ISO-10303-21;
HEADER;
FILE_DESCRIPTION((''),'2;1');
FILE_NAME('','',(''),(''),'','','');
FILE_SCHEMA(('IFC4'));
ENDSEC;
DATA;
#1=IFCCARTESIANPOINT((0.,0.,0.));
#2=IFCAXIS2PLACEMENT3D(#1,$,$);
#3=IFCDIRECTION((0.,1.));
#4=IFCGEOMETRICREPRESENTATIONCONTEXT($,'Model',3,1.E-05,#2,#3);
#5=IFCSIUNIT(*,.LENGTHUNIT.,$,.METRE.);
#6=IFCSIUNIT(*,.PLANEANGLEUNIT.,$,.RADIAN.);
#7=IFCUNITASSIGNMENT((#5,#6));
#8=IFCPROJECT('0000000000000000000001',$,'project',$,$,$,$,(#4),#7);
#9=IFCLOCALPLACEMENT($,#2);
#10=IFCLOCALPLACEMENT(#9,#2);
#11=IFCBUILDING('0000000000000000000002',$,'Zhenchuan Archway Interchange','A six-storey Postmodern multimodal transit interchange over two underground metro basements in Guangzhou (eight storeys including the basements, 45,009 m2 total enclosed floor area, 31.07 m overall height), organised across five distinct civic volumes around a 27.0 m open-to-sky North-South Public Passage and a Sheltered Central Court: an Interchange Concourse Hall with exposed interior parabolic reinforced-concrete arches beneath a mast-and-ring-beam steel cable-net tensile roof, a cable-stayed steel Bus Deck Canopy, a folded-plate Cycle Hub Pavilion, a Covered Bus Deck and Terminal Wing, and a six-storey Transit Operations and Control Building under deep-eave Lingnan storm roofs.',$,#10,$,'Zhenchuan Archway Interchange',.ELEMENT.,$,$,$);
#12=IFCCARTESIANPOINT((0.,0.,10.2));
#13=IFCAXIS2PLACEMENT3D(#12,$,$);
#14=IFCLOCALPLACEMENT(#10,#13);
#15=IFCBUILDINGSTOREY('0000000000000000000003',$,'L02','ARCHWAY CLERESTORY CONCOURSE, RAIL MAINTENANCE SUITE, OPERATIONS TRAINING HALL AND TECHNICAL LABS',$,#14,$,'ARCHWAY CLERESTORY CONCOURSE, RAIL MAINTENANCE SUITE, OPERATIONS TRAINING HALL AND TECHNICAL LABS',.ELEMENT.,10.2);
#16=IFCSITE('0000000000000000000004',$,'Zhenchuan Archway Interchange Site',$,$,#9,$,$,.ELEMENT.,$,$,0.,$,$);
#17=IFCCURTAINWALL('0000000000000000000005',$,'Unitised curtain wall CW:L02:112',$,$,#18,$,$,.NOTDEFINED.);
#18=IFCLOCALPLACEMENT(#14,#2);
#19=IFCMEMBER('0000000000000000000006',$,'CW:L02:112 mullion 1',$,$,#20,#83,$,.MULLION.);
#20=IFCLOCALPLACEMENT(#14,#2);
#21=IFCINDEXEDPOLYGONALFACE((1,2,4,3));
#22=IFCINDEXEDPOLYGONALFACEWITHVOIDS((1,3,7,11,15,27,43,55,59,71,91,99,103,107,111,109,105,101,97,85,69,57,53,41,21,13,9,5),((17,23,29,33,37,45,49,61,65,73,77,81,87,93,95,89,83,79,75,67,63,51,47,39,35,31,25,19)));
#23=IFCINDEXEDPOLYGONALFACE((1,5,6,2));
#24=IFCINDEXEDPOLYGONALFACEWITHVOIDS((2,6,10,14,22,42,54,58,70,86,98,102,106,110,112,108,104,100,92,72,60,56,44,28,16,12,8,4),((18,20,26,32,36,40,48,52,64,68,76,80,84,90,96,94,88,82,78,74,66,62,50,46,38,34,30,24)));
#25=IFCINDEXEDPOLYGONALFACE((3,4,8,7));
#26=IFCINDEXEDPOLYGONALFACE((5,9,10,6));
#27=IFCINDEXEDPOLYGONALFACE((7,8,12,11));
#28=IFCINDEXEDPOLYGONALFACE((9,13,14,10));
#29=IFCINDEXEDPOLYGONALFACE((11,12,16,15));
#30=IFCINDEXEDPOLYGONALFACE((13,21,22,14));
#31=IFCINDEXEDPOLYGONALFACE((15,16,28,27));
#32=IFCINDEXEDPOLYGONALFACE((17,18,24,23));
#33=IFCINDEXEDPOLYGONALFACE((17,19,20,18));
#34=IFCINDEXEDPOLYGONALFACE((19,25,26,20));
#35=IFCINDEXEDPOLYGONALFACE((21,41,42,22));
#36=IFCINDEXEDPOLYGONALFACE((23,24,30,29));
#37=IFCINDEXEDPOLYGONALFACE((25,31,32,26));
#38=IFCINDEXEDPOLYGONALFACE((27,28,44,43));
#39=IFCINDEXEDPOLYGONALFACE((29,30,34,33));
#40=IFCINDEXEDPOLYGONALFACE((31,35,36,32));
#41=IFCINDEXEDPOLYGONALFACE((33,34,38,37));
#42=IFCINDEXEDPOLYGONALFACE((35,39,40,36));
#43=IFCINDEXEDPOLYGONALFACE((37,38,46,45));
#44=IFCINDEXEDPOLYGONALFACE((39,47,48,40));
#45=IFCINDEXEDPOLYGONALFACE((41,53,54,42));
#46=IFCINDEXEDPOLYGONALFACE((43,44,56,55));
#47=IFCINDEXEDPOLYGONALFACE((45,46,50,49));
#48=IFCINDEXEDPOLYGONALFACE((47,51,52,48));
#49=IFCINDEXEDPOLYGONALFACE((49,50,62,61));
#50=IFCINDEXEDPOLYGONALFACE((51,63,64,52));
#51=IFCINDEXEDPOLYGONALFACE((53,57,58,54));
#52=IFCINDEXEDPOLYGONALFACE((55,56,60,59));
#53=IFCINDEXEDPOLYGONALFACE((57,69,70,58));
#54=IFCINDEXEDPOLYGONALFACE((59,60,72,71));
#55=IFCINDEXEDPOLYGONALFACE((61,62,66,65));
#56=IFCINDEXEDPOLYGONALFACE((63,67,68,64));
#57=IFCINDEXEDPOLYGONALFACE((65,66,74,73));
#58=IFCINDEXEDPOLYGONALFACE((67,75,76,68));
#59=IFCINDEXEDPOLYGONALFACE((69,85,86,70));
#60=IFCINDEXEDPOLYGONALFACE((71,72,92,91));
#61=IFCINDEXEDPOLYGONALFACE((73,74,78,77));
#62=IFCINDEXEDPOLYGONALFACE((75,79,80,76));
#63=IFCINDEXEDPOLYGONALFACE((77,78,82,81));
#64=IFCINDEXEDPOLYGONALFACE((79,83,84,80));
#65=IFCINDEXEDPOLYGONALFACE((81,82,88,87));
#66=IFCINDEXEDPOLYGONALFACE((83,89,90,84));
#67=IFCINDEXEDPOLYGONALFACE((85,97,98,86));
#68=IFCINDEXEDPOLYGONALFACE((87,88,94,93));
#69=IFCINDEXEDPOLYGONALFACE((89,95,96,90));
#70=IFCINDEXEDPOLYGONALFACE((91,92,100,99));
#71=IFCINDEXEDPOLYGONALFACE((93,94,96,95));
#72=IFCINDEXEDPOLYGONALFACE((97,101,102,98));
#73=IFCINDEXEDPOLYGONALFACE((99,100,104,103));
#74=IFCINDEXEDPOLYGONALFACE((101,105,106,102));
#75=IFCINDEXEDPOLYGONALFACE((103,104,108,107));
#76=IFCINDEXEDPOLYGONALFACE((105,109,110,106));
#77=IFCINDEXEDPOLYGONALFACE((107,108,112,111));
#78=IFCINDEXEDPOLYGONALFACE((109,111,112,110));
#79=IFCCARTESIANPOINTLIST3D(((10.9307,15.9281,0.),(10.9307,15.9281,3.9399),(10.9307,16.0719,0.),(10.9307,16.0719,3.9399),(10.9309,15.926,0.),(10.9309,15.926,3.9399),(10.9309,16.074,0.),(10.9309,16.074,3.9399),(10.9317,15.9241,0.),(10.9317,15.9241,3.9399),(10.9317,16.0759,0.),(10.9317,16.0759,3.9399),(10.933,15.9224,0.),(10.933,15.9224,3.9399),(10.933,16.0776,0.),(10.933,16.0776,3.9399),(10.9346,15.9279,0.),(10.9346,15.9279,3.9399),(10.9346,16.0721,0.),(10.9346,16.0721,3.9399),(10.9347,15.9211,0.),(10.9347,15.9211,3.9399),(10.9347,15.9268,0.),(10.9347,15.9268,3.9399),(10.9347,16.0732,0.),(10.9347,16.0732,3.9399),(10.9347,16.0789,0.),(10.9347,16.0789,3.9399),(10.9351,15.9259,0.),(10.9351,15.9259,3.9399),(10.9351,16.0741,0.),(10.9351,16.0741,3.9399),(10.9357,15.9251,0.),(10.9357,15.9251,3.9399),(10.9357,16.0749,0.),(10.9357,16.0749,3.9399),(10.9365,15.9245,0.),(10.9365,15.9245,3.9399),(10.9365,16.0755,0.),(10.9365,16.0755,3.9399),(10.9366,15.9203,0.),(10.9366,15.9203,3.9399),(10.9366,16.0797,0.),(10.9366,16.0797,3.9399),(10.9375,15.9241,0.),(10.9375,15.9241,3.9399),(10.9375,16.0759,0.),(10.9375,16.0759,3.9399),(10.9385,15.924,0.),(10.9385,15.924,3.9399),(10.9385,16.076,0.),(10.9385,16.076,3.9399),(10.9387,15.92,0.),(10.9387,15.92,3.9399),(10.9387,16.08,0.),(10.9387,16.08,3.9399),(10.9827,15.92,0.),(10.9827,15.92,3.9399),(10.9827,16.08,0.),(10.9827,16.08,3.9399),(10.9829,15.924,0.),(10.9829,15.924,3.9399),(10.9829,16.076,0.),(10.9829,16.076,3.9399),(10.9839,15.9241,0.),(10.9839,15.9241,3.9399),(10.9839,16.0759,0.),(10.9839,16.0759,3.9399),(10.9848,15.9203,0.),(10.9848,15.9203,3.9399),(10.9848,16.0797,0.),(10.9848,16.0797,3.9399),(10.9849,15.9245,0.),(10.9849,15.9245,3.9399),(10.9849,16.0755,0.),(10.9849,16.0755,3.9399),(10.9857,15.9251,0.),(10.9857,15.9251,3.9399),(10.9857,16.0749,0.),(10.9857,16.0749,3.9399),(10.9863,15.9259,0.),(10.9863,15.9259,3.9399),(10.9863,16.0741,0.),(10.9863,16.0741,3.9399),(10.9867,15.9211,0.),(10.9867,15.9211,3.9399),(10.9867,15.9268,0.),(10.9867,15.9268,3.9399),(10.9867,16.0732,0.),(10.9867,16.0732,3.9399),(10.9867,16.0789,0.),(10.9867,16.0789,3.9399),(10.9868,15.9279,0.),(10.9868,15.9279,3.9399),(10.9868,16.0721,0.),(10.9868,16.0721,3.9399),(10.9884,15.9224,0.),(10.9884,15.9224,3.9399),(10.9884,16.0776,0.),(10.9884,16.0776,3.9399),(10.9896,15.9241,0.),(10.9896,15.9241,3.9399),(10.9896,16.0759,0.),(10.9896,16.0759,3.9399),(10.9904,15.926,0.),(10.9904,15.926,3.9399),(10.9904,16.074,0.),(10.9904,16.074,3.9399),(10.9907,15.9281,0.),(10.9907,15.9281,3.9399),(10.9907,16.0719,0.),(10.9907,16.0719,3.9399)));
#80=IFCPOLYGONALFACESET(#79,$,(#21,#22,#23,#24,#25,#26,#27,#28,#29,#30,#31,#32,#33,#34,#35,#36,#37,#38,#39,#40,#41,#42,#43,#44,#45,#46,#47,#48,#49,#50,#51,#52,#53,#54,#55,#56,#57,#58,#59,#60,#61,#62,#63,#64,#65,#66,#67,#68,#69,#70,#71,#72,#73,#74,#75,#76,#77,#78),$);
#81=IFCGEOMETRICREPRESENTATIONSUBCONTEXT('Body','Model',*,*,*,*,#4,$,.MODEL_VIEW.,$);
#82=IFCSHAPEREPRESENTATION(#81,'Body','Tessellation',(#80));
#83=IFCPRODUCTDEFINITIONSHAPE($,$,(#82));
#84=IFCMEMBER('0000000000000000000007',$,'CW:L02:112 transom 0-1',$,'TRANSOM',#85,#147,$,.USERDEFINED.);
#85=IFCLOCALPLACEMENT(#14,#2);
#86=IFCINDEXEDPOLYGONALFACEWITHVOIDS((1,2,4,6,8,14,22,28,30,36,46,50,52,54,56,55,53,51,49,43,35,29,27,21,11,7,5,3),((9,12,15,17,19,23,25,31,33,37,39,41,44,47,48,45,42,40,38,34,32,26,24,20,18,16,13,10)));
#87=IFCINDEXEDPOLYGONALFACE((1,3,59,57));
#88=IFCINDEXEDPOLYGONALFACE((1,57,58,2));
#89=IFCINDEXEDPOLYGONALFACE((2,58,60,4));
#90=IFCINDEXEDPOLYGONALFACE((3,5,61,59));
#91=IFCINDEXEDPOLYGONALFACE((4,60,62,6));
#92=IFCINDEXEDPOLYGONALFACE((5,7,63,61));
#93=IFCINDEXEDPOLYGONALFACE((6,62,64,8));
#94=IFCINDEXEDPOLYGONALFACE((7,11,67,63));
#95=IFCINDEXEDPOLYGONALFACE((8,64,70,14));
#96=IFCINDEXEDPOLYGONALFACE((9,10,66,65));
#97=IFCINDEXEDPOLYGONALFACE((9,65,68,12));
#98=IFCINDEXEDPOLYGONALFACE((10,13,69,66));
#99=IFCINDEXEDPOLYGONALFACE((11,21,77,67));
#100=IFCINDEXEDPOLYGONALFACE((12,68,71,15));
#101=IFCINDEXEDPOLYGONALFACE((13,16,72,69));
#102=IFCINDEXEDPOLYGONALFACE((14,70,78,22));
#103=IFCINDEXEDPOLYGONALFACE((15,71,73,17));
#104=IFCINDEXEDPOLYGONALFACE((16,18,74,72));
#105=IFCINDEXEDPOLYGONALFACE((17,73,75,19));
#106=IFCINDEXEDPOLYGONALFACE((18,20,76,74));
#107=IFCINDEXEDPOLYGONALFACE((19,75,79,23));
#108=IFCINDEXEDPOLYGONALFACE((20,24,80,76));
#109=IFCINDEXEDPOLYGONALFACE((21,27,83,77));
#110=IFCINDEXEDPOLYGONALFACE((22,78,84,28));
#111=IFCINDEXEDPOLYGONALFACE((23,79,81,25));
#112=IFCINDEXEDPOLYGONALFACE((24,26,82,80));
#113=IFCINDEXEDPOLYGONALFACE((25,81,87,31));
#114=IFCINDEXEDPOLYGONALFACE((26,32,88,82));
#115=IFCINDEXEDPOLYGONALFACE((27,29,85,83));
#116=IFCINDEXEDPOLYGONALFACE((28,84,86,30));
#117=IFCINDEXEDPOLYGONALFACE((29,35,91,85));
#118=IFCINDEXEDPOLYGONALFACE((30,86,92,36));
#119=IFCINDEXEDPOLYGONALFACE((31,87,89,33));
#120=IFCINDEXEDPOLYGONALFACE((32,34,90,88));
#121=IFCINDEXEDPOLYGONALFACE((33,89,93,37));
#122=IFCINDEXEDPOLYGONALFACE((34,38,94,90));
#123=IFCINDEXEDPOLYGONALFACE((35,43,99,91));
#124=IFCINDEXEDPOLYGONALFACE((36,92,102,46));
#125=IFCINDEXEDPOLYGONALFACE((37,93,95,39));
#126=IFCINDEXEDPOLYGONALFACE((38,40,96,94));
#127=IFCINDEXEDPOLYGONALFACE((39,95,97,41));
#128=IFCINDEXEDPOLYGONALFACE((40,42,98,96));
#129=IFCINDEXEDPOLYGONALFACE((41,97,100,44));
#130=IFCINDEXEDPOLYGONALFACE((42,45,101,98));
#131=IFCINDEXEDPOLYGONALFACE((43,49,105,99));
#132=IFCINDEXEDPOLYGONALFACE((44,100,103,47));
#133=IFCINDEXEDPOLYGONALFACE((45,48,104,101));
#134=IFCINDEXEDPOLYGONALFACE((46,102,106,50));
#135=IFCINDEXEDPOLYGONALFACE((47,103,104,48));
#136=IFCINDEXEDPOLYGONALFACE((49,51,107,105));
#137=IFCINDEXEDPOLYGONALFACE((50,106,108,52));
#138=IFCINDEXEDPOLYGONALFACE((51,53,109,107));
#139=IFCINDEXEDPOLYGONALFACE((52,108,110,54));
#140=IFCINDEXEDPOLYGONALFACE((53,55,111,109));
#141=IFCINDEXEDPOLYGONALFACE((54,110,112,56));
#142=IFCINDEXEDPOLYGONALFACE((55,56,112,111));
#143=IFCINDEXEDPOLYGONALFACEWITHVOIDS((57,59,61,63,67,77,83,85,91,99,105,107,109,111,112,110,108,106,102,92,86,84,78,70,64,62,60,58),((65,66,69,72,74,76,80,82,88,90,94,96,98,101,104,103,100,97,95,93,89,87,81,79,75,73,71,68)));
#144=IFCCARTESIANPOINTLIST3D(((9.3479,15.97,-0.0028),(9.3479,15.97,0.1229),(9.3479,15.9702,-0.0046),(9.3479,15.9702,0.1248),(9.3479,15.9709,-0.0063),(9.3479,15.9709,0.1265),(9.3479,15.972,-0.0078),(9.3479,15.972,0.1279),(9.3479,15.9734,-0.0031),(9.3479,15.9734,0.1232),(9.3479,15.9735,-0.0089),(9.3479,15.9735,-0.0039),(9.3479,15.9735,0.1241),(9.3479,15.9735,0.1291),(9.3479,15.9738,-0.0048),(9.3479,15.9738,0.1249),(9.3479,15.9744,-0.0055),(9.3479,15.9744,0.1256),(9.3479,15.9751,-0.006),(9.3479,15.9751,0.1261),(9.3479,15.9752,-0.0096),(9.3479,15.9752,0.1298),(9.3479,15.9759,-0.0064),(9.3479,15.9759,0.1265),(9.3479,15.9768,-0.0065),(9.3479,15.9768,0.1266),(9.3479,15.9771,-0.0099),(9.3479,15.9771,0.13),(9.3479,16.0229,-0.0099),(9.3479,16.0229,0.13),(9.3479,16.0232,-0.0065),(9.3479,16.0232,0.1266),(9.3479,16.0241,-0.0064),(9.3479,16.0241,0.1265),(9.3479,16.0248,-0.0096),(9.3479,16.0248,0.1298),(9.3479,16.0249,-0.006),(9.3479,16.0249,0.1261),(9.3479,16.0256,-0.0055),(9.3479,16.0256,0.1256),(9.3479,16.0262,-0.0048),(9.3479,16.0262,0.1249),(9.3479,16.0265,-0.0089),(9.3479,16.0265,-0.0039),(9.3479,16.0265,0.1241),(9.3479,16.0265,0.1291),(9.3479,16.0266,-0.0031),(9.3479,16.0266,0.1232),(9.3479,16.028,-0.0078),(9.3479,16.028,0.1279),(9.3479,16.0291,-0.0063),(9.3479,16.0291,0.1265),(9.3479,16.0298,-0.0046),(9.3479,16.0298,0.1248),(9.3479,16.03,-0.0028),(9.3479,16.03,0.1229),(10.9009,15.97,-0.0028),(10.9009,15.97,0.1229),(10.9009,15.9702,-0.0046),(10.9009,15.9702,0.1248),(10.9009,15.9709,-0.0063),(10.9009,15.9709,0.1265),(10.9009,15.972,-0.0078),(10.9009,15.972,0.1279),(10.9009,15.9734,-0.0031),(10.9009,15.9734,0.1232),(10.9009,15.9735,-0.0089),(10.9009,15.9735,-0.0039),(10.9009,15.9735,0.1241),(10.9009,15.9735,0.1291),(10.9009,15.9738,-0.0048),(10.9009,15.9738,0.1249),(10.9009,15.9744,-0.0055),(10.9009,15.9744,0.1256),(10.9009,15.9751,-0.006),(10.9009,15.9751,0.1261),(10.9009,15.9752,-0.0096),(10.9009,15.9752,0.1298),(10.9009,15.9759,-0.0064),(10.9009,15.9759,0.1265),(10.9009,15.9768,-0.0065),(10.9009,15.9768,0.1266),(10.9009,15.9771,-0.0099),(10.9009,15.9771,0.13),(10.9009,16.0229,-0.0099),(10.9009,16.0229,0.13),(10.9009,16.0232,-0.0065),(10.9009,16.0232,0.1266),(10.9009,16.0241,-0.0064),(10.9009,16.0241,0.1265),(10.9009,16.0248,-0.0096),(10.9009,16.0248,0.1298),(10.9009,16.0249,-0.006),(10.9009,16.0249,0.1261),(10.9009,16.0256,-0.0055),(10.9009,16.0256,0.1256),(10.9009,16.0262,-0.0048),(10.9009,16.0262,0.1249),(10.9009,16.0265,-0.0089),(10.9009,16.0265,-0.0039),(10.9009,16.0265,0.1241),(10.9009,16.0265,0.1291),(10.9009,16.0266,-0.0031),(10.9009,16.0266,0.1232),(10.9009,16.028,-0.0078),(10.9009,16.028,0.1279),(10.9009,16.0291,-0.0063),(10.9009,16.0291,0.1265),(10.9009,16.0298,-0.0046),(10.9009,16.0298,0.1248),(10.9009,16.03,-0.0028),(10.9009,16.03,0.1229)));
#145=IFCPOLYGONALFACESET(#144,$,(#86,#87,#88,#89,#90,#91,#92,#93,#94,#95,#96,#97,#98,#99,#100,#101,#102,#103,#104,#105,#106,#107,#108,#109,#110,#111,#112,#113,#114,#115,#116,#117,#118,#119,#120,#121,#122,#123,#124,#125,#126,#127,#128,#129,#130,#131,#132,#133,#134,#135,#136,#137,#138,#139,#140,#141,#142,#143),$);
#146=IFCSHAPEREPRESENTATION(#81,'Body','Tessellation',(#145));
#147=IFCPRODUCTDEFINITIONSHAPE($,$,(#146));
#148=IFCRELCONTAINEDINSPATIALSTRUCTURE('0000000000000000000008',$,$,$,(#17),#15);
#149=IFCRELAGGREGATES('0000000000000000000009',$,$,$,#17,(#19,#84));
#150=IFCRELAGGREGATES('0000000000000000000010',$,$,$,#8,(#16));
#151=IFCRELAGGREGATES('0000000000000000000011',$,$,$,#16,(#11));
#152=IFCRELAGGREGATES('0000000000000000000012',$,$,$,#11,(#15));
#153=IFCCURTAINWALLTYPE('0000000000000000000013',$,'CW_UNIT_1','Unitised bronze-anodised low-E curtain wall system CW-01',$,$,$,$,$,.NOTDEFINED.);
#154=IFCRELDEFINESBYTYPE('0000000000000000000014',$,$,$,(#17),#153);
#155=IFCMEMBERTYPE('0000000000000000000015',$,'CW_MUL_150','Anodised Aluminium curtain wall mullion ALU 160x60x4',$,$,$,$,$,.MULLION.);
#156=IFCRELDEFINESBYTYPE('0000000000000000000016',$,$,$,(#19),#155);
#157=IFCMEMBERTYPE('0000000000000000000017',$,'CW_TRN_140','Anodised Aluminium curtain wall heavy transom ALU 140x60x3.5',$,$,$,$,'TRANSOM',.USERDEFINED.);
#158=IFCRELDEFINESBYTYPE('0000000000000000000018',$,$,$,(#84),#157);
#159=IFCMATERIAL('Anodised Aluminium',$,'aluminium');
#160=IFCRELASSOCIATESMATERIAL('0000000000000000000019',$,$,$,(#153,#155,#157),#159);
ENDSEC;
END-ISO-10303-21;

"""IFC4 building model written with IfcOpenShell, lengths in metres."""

from ifc_helpers import new_model, si_unit, direction, frame, origin, origin_2d, place, context, subcontext, project, spatial, hollow_rectangle, extrude, material, material_profile, profile_set, type_object, element, aggregate, save


model = new_model("IFC4")

# Units and contexts
model_context = context("Model", 3, precision=1e-05, world=origin(), true_north=direction((0.0, 1.0)))
body_context = subcontext(model_context, "Body", "Model", "MODEL_VIEW")
ifc_project = project(units=[si_unit("LENGTHUNIT", "METRE"), si_unit("PLANEANGLEUNIT", "RADIAN")], contexts=[model_context])

# Site, building, storey
site_placement = place(None, origin())
site = spatial("IfcSite", under=ifc_project, at=site_placement, Name="Zhenchuan Archway Interchange Site", CompositionType="ELEMENT", RefElevation=0.0)
building_placement = place(site_placement, origin())
building = spatial("IfcBuilding", under=site, at=building_placement, Name="Zhenchuan Archway Interchange", Description="A six-storey Postmodern multimodal transit interchange over two underground metro basements in Guangzhou (eight storeys including the basements, 45,009 m2 total enclosed floor area, 31.07 m overall height), organised across five distinct civic volumes around a 27.0 m open-to-sky North-South Public Passage and a Sheltered Central Court: an Interchange Concourse Hall with exposed interior parabolic reinforced-concrete arches beneath a mast-and-ring-beam steel cable-net tensile roof, a cable-stayed steel Bus Deck Canopy, a folded-plate Cycle Hub Pavilion, a Covered Bus Deck and Terminal Wing, and a six-storey Transit Operations and Control Building under deep-eave Lingnan storm roofs.", LongName="Zhenchuan Archway Interchange", CompositionType="ELEMENT")
storey_placement = place(building_placement, frame((0.0, 0.0, 10.2)))
storey = spatial("IfcBuildingStorey", under=building, at=storey_placement, Name="L02", Description="ARCHWAY CLERESTORY CONCOURSE, RAIL MAINTENANCE SUITE, OPERATIONS TRAINING HALL AND TECHNICAL LABS", LongName="ARCHWAY CLERESTORY CONCOURSE, RAIL MAINTENANCE SUITE, OPERATIONS TRAINING HALL AND TECHNICAL LABS", CompositionType="ELEMENT", Elevation=10.2)

# Curtain wall, members
ifc_material_1 = material(Name="Anodised Aluminium", Category="aluminium")
curtain_wall_type = type_object("IfcCurtainWallType", Name="CW_UNIT_1", Description="Unitised bronze-anodised low-E curtain wall system CW-01", PredefinedType="NOTDEFINED", material=ifc_material_1)
curtain_wall_placement = place(storey_placement, origin())
curtain_wall = element("IfcCurtainWall", 1, at=curtain_wall_placement, inside=storey, type_object=curtain_wall_type, Name="Unitised curtain wall CW:L02:112", PredefinedType="NOTDEFINED")
ifc_material_profile_1 = material_profile(ifc_material_1, hollow_rectangle(XDim=0.0601, YDim=0.1599, WallThickness=0.0039, InnerFilletRadius=0.0039, OuterFilletRadius=0.0081, at=origin_2d()), Name="ALU 160x60x4")
ifc_profile_set_1 = profile_set([ifc_material_profile_1], Name="Anodised Aluminium")
member_type_1 = type_object("IfcMemberType", Name="CW_MUL_150", Description="Anodised Aluminium curtain wall mullion ALU 160x60x4", PredefinedType="MULLION", material=ifc_profile_set_1)
member_1_placement = place(storey_placement, frame((10.9607, 16.0, 0.0), z_axis=(0.0, 0.0, 1.0), x_axis=(1.0, 0.0, 0.0)))
member_1 = element("IfcMember", 2, at=member_1_placement, type_object=member_type_1, Name="CW:L02:112 mullion 1", PredefinedType="MULLION", context=body_context, shape_type="SweptSolid", body=[
    extrude(hollow_rectangle(XDim=0.0601, YDim=0.1599, WallThickness=0.0039, InnerFilletRadius=0.0039, OuterFilletRadius=0.0081, at=origin_2d()), origin(), (0.0, 0.0, 1.0), 3.9399),
])
ifc_material_profile_2 = material_profile(ifc_material_1, hollow_rectangle(XDim=0.0601, YDim=0.1399, WallThickness=0.0034, InnerFilletRadius=0.0034, OuterFilletRadius=0.0071, at=origin_2d()), Name="ALU 140x60x3.5")
ifc_profile_set_2 = profile_set([ifc_material_profile_2], Name="Anodised Aluminium")
member_type_2 = type_object("IfcMemberType", Name="CW_TRN_140", Description="Anodised Aluminium curtain wall heavy transom ALU 140x60x3.5", ElementType="TRANSOM", PredefinedType="USERDEFINED", material=ifc_profile_set_2)
member_2_placement = place(storey_placement, frame((9.3479, 16.0, 0.0601), z_axis=(1.0, 0.0, 0.0), x_axis=(0.0, 1.0, 0.0)))
member_2 = element("IfcMember", 3, at=member_2_placement, type_object=member_type_2, Name="CW:L02:112 transom 0-1", ObjectType="TRANSOM", PredefinedType="USERDEFINED", context=body_context, shape_type="SweptSolid", body=[
    extrude(hollow_rectangle(XDim=0.0601, YDim=0.1399, WallThickness=0.0034, InnerFilletRadius=0.0034, OuterFilletRadius=0.0071, at=origin_2d()), origin(), (0.0, 0.0, 1.0), 1.553),
])

aggregate(curtain_wall, [member_1, member_2])

save(model, "model.ifc")
